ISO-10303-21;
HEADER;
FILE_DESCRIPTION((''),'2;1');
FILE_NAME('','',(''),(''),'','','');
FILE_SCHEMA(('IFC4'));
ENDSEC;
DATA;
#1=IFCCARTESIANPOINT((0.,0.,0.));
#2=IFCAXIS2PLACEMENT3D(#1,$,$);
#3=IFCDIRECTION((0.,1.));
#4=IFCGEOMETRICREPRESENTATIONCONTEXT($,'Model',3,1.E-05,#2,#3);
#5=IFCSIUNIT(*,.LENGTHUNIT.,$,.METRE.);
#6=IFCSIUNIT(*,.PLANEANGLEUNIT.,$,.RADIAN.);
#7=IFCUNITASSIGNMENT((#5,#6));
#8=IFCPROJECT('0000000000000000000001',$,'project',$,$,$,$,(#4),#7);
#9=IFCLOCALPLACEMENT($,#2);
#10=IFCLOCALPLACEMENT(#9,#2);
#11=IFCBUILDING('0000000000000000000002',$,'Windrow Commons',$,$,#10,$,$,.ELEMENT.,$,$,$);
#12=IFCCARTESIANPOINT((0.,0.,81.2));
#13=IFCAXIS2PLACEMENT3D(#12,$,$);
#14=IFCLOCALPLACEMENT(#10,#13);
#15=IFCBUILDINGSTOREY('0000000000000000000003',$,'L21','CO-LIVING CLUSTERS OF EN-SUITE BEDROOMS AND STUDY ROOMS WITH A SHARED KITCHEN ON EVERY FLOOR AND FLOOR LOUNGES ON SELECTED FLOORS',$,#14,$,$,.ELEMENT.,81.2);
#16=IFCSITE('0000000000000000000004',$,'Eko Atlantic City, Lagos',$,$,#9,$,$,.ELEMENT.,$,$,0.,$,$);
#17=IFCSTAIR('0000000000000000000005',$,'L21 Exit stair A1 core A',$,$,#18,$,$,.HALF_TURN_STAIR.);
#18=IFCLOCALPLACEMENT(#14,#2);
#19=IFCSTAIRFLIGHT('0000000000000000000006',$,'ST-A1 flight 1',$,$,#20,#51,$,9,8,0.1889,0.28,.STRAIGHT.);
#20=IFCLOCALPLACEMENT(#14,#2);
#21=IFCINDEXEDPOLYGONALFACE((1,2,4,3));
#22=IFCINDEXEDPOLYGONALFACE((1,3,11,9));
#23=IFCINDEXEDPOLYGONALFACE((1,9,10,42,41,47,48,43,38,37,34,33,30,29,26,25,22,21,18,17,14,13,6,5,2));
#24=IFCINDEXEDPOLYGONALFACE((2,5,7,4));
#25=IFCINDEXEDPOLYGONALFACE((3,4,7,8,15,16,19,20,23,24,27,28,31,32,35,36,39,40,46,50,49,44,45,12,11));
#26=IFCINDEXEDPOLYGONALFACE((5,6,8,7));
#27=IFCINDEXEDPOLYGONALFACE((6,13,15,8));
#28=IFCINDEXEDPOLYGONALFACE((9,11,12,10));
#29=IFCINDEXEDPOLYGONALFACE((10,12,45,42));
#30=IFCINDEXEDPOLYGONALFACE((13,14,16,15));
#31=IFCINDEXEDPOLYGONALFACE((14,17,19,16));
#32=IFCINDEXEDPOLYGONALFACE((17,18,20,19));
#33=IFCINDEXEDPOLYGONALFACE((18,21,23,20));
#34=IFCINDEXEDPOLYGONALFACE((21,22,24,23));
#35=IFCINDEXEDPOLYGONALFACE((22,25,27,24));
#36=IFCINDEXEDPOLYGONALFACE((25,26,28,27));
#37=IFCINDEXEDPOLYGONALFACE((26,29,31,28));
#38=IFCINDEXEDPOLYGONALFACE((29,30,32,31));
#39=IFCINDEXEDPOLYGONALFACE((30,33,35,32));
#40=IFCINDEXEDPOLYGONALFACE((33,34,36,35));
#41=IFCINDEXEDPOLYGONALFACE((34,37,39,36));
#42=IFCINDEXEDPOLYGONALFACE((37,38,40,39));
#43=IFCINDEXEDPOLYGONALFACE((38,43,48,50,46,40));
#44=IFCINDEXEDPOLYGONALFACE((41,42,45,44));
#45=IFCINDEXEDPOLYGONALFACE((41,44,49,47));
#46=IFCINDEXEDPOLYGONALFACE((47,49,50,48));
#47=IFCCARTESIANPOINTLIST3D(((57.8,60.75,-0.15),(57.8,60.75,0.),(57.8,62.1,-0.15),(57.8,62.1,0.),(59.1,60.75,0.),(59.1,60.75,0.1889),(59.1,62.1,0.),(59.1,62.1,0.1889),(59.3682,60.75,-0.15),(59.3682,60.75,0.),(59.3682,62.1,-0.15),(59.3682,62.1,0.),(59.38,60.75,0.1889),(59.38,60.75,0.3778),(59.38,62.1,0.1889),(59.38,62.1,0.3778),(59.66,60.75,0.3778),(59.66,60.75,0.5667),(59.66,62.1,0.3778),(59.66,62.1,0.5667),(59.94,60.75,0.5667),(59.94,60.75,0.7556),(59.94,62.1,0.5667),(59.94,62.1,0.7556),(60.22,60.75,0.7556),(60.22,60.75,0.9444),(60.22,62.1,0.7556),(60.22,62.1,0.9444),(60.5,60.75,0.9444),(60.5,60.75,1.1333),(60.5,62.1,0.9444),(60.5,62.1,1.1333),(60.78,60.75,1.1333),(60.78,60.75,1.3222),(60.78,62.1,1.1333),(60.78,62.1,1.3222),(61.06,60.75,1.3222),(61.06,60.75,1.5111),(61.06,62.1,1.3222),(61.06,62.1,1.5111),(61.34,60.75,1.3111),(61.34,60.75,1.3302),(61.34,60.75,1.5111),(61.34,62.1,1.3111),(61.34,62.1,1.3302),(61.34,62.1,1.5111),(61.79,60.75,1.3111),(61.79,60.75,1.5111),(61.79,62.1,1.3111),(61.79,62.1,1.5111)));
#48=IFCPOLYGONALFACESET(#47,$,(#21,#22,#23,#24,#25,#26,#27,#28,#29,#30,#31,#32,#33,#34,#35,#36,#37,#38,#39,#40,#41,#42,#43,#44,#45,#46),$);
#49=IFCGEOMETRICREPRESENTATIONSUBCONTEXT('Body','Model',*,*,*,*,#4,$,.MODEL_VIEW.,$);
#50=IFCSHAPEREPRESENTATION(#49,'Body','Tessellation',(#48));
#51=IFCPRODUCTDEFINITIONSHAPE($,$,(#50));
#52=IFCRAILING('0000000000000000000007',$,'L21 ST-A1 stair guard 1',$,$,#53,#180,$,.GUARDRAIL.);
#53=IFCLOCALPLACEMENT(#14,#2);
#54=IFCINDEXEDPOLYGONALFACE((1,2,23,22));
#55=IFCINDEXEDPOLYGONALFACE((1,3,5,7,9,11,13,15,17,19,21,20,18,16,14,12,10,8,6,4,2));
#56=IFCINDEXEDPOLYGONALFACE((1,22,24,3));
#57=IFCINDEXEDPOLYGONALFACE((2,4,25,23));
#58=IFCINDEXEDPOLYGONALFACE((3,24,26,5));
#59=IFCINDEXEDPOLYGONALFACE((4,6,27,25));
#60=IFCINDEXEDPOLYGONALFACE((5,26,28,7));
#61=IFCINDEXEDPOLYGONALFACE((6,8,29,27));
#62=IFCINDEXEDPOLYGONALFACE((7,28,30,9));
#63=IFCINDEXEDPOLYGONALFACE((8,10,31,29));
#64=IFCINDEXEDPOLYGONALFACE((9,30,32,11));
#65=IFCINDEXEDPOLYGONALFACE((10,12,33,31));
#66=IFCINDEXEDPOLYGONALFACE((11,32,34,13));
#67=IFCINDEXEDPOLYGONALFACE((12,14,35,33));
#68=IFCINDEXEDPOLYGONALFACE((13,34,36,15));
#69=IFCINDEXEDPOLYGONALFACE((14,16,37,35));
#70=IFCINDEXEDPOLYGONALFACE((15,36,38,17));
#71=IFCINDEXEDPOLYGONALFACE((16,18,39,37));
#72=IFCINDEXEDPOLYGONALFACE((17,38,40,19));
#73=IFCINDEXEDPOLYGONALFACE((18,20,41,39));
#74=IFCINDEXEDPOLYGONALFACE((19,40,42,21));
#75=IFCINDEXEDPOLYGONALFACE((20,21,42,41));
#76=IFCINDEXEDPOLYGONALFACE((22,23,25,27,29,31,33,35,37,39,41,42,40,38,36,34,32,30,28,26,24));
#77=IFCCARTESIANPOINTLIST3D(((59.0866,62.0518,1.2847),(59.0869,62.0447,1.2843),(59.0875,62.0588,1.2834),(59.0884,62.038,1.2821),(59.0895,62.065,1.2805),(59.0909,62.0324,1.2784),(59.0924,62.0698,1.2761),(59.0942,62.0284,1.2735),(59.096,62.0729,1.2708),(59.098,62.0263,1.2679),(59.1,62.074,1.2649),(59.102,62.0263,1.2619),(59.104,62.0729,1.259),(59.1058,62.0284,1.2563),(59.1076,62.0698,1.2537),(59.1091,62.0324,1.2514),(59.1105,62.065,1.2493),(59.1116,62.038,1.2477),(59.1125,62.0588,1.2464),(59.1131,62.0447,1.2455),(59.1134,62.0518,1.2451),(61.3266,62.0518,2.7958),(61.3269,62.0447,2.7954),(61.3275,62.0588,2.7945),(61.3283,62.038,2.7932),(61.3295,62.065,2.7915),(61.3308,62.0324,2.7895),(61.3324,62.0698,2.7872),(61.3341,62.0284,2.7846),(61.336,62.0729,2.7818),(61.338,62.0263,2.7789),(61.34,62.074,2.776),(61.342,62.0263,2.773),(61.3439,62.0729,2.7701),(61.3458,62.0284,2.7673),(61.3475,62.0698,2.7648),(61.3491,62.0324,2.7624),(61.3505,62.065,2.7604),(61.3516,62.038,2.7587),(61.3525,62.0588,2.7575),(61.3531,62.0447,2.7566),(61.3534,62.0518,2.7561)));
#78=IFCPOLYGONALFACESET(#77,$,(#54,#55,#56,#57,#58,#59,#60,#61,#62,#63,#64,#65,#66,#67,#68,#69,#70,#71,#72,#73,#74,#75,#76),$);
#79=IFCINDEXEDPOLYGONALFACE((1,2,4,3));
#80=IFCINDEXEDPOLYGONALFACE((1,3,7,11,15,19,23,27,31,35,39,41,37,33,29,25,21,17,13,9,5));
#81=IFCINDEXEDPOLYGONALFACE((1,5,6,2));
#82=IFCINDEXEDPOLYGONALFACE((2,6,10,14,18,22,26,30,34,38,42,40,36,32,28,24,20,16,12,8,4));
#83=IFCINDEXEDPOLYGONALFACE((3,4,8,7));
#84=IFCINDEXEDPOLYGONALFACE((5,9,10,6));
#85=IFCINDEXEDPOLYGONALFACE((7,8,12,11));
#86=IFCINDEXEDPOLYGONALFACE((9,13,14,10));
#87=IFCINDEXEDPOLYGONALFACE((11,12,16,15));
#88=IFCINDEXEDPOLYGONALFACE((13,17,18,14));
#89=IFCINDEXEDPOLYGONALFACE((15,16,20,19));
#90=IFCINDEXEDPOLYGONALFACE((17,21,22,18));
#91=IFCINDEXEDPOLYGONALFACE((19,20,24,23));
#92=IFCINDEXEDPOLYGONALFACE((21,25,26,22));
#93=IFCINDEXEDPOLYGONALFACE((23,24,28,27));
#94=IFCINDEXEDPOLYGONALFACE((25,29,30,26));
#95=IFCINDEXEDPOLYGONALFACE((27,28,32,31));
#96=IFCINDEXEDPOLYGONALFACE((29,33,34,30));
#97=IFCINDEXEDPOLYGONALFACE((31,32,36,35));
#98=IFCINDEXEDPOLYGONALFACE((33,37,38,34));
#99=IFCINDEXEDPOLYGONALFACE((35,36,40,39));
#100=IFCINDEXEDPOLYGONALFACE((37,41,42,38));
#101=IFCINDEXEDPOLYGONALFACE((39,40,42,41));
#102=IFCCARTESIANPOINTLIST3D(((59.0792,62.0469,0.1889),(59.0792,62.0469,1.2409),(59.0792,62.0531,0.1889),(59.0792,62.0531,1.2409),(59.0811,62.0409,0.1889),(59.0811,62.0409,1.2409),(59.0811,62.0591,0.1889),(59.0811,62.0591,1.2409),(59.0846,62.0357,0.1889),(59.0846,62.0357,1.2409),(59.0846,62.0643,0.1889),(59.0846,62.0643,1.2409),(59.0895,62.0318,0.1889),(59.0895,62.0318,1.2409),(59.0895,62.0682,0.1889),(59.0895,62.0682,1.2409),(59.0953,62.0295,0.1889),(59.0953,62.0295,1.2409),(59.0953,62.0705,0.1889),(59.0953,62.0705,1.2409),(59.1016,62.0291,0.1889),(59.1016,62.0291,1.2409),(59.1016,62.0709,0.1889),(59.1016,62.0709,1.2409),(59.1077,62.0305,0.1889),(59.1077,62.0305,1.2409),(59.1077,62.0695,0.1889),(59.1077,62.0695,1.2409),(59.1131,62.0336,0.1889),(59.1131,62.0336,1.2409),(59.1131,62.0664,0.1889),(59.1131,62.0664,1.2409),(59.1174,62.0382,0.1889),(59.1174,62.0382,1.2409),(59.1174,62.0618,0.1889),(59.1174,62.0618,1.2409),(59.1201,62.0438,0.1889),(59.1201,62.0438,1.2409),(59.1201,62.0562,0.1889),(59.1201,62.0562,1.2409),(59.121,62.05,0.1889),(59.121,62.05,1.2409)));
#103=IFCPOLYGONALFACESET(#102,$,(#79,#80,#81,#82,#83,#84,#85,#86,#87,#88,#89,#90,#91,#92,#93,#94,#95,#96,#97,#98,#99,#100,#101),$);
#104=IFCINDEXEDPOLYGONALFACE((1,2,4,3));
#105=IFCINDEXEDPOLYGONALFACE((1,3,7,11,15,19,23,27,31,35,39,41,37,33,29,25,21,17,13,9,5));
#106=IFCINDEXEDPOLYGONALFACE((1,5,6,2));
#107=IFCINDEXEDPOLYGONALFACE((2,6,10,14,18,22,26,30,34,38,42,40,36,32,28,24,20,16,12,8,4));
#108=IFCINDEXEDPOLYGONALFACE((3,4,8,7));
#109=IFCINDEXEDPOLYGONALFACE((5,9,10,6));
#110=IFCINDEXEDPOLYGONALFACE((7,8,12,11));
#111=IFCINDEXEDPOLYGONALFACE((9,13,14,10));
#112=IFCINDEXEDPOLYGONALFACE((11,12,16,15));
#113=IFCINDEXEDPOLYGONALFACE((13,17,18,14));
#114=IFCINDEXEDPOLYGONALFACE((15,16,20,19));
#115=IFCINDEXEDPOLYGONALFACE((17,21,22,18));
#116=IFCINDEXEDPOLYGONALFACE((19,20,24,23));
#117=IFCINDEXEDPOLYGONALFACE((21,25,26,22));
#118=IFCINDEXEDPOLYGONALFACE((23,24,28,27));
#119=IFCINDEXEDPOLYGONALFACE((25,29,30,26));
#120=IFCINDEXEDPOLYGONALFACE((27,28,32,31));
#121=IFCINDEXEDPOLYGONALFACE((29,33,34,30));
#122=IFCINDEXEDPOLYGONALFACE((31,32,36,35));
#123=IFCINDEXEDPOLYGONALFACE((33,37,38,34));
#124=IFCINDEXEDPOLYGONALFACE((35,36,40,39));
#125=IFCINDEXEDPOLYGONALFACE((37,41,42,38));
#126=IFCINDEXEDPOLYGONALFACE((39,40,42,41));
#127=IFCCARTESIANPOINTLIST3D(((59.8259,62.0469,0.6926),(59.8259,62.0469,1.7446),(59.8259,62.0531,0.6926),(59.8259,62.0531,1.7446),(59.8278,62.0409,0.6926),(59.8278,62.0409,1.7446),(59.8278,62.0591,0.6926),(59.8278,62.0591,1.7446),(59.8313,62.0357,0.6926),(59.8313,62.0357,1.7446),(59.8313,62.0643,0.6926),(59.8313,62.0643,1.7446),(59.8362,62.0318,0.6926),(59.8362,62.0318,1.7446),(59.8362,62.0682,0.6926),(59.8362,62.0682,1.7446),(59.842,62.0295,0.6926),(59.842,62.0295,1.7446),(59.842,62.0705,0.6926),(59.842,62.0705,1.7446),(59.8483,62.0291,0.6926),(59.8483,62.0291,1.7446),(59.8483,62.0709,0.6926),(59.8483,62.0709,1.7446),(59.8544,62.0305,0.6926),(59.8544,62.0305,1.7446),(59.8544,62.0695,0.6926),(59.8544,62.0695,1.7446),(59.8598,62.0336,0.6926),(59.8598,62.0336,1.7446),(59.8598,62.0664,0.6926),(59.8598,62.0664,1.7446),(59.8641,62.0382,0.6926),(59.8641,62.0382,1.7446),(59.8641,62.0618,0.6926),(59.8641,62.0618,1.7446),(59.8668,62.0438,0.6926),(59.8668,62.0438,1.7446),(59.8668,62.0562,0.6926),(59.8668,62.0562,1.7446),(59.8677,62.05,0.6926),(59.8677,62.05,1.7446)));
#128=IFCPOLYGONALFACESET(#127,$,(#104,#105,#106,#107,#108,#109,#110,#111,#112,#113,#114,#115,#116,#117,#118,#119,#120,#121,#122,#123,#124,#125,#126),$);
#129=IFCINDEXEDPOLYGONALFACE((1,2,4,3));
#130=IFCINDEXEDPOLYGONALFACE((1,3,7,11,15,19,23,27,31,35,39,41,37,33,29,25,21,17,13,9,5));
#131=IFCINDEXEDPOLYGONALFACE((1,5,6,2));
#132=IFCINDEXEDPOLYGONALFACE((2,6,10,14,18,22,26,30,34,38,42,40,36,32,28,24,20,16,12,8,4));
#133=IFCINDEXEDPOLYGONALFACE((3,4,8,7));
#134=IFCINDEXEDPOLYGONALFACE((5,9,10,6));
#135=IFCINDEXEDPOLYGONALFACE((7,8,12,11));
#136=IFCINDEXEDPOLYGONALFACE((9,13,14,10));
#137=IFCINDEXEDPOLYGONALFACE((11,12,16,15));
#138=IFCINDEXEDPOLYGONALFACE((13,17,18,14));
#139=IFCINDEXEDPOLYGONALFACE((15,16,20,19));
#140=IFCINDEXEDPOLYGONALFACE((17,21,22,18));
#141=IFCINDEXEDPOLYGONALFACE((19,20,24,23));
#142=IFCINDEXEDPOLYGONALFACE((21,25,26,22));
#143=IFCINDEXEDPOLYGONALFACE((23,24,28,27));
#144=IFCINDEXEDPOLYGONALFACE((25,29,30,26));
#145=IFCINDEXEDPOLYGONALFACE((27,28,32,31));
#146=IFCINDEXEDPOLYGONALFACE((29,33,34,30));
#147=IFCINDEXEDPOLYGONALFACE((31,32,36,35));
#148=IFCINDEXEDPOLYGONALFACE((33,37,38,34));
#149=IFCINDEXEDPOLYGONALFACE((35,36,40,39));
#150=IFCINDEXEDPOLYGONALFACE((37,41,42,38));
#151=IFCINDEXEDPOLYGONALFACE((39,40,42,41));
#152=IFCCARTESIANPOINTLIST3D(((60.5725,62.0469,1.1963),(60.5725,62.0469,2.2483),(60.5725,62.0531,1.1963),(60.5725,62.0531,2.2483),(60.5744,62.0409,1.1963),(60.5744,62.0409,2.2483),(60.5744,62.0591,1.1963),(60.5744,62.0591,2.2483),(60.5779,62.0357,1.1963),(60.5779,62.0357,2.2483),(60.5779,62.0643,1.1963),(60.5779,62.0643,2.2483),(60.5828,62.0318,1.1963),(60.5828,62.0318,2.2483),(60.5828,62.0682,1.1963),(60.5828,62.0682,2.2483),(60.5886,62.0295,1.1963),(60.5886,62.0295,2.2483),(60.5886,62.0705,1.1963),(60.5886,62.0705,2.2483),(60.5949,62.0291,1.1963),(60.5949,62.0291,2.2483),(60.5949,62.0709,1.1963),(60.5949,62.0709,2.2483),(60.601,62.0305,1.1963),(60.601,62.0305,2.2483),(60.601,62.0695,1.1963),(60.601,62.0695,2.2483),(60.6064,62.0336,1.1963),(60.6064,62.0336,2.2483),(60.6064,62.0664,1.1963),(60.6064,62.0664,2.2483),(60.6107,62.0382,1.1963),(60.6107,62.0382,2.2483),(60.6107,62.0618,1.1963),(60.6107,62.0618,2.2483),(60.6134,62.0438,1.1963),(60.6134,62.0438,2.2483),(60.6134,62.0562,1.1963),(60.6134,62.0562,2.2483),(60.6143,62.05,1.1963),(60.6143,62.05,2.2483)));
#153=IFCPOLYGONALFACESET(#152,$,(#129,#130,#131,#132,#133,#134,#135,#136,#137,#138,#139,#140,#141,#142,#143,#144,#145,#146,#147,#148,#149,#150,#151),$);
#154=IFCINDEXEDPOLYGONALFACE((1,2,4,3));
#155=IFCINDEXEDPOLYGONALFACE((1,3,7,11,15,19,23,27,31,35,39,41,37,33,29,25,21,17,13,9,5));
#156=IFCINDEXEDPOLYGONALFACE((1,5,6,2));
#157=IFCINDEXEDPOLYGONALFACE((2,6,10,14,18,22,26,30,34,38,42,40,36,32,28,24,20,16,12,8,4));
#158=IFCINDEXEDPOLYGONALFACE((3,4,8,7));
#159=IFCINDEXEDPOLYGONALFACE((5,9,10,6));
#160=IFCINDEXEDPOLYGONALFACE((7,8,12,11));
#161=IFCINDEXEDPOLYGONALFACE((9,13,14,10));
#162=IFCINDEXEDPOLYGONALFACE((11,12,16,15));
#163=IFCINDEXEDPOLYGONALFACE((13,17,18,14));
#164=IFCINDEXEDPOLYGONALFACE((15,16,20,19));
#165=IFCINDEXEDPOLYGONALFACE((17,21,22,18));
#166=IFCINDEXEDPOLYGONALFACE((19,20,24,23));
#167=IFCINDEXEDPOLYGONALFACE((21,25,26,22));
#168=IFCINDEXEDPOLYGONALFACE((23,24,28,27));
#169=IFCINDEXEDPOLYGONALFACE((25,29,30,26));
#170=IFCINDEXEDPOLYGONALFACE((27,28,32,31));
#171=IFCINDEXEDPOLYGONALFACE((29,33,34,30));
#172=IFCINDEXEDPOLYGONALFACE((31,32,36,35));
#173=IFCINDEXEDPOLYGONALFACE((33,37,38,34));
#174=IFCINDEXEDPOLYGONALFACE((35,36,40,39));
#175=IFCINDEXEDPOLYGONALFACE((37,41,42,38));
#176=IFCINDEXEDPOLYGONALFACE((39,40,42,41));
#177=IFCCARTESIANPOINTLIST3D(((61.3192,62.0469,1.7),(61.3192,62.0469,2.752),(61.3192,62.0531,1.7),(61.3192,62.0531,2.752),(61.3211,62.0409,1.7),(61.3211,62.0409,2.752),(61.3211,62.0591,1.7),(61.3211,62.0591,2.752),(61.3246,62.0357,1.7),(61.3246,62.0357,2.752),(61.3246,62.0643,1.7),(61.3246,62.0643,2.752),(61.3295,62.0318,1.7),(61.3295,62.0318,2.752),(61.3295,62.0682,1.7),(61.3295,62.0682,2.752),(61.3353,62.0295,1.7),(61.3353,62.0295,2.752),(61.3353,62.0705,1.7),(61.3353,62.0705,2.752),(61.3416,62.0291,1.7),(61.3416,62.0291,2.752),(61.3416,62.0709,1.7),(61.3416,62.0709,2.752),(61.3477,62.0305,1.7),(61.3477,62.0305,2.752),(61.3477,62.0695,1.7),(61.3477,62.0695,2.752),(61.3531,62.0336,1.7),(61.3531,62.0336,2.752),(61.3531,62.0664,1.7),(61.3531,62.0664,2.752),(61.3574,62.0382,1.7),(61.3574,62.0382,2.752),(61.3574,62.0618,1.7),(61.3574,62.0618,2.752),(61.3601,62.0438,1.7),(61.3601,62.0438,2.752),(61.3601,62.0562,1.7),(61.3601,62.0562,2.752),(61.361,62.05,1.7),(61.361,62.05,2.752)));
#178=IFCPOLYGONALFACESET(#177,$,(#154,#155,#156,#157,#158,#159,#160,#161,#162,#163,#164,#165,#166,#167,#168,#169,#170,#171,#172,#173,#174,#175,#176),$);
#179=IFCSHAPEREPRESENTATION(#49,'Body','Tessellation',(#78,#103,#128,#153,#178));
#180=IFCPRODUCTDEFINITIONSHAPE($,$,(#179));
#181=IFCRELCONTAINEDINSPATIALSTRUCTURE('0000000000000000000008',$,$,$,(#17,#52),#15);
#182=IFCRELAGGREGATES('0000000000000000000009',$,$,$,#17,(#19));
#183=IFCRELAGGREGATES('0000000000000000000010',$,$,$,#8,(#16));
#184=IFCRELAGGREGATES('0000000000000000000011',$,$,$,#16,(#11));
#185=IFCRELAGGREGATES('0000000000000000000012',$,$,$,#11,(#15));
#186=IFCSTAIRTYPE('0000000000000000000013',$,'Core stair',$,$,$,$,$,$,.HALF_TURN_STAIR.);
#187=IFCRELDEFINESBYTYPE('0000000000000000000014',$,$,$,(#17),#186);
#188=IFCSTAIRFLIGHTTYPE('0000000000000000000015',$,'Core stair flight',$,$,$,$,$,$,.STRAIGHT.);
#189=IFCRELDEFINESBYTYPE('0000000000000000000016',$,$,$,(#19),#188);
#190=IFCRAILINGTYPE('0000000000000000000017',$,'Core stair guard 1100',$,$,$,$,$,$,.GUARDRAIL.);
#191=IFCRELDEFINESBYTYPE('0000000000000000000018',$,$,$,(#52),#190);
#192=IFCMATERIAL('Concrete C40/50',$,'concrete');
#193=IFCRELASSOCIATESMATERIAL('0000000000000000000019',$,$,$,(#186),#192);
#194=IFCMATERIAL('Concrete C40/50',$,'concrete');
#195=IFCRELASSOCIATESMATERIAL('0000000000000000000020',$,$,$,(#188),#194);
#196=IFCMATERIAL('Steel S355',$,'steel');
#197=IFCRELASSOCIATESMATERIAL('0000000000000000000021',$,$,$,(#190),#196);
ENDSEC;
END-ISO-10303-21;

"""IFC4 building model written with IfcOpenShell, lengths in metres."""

from ifc_helpers import new_model, si_unit, direction, frame, origin, origin_2d, place, context, subcontext, project, spatial, polyline, circle, outline, extrude, material, type_object, element, aggregate, save


model = new_model("IFC4")

# Units and contexts
model_context = context("Model", 3, precision=1e-05, world=origin(), true_north=direction((0.0, 1.0)))
body_context = subcontext(model_context, "Body", "Model", "MODEL_VIEW")
ifc_project = project(units=[si_unit("LENGTHUNIT", "METRE"), si_unit("PLANEANGLEUNIT", "RADIAN")], contexts=[model_context])

# Site, building, storey
site_placement = place(None, origin())
site = spatial("IfcSite", under=ifc_project, at=site_placement, Name="Eko Atlantic City, Lagos", CompositionType="ELEMENT", RefElevation=0.0)
building_placement = place(site_placement, origin())
building = spatial("IfcBuilding", under=site, at=building_placement, Name="Windrow Commons", CompositionType="ELEMENT")
storey_placement = place(building_placement, frame((0.0, 0.0, 81.2)))
storey = spatial("IfcBuildingStorey", under=building, at=storey_placement, Name="L21", Description="CO-LIVING CLUSTERS OF EN-SUITE BEDROOMS AND STUDY ROOMS WITH A SHARED KITCHEN ON EVERY FLOOR AND FLOOR LOUNGES ON SELECTED FLOORS", CompositionType="ELEMENT", Elevation=81.2)

# Stair, stair flight
ifc_material_1 = material(Name="Concrete C40/50", Category="concrete")
stair_type = type_object("IfcStairType", Name="Core stair", PredefinedType="HALF_TURN_STAIR", material=ifc_material_1)
stair_placement = place(storey_placement, origin())
stair = element("IfcStair", 1, at=stair_placement, inside=storey, type_object=stair_type, Name="L21 Exit stair A1 core A", PredefinedType="HALF_TURN_STAIR")
ifc_material_2 = material(Name="Concrete C40/50", Category="concrete")
stair_flight_type = type_object("IfcStairFlightType", Name="Core stair flight", PredefinedType="STRAIGHT", material=ifc_material_2)
stair_flight_placement = place(storey_placement, frame((59.1, 61.425, 0.0), z_axis=(0.0, 0.0, 1.0), x_axis=(1.0, 0.0, 0.0)))
stair_flight = element("IfcStairFlight", 2, at=stair_flight_placement, type_object=stair_flight_type, Name="ST-A1 flight 1", NumberOfRisers=9, NumberOfTreads=8, PredefinedType="STRAIGHT", RiserHeight=0.1889, TreadLength=0.28, context=body_context, shape_type="SweptSolid", body=[
    extrude(outline(polyline([(-1.3, -0.15), (-1.3, 0.0), (0.0, 0.0), (0.0, 0.1889), (0.28, 0.1889), (0.28, 0.3778), (0.56, 0.3778), (0.56, 0.5667), (0.84, 0.5667), (0.84, 0.7556), (1.12, 0.7556), (1.12, 0.9444), (1.4, 0.9444), (1.4, 1.1333), (1.68, 1.1333), (1.68, 1.3222), (1.96, 1.3222), (1.96, 1.5111), (2.24, 1.5111), (2.69, 1.5111), (2.69, 1.3111), (2.24, 1.3111), (2.24, 1.3302), (0.2682, 0.0), (0.2682, -0.15), (-1.3, -0.15)])), frame((0.0, 0.675, 0.0), z_axis=(0.0, -1.0, 0.0), x_axis=(1.0, 0.0, 0.0)), (0.0, 0.0, 1.0), 1.35),
])
aggregate(stair, [stair_flight])

# Railing
ifc_material_3 = material(Name="Steel S355", Category="steel")
railing_type_1 = type_object("IfcRailingType", Name="Core stair guard 1100", PredefinedType="GUARDRAIL", material=ifc_material_3)
railing_1_placement = place(storey_placement, frame((59.1, 62.05, 0.1889)))
element("IfcRailing", 3, at=railing_1_placement, inside=storey, type_object=railing_type_1, Name="L21 ST-A1 stair guard 1", PredefinedType="GUARDRAIL", context=body_context, shape_type="SweptSolid", body=[
    extrude(circle(Radius=0.024, at=origin_2d()), frame((0.0, 0.0, 1.076), z_axis=(0.829003, 0.0, 0.559244), x_axis=(0.0, 1.0, 0.0)), (0.0, 0.0, 1.0), 2.702),
    extrude(circle(Radius=0.021, at=origin_2d()), origin(), (0.0, 0.0, 1.0), 1.052),
    extrude(circle(Radius=0.021, at=origin_2d()), frame((0.7467, 0.0, 0.5037)), (0.0, 0.0, 1.0), 1.052),
    extrude(circle(Radius=0.021, at=origin_2d()), frame((1.4933, 0.0, 1.0074)), (0.0, 0.0, 1.0), 1.052),
    extrude(circle(Radius=0.021, at=origin_2d()), frame((2.24, 0.0, 1.5111)), (0.0, 0.0, 1.0), 1.052),
])

save(model, "model.ifc")
